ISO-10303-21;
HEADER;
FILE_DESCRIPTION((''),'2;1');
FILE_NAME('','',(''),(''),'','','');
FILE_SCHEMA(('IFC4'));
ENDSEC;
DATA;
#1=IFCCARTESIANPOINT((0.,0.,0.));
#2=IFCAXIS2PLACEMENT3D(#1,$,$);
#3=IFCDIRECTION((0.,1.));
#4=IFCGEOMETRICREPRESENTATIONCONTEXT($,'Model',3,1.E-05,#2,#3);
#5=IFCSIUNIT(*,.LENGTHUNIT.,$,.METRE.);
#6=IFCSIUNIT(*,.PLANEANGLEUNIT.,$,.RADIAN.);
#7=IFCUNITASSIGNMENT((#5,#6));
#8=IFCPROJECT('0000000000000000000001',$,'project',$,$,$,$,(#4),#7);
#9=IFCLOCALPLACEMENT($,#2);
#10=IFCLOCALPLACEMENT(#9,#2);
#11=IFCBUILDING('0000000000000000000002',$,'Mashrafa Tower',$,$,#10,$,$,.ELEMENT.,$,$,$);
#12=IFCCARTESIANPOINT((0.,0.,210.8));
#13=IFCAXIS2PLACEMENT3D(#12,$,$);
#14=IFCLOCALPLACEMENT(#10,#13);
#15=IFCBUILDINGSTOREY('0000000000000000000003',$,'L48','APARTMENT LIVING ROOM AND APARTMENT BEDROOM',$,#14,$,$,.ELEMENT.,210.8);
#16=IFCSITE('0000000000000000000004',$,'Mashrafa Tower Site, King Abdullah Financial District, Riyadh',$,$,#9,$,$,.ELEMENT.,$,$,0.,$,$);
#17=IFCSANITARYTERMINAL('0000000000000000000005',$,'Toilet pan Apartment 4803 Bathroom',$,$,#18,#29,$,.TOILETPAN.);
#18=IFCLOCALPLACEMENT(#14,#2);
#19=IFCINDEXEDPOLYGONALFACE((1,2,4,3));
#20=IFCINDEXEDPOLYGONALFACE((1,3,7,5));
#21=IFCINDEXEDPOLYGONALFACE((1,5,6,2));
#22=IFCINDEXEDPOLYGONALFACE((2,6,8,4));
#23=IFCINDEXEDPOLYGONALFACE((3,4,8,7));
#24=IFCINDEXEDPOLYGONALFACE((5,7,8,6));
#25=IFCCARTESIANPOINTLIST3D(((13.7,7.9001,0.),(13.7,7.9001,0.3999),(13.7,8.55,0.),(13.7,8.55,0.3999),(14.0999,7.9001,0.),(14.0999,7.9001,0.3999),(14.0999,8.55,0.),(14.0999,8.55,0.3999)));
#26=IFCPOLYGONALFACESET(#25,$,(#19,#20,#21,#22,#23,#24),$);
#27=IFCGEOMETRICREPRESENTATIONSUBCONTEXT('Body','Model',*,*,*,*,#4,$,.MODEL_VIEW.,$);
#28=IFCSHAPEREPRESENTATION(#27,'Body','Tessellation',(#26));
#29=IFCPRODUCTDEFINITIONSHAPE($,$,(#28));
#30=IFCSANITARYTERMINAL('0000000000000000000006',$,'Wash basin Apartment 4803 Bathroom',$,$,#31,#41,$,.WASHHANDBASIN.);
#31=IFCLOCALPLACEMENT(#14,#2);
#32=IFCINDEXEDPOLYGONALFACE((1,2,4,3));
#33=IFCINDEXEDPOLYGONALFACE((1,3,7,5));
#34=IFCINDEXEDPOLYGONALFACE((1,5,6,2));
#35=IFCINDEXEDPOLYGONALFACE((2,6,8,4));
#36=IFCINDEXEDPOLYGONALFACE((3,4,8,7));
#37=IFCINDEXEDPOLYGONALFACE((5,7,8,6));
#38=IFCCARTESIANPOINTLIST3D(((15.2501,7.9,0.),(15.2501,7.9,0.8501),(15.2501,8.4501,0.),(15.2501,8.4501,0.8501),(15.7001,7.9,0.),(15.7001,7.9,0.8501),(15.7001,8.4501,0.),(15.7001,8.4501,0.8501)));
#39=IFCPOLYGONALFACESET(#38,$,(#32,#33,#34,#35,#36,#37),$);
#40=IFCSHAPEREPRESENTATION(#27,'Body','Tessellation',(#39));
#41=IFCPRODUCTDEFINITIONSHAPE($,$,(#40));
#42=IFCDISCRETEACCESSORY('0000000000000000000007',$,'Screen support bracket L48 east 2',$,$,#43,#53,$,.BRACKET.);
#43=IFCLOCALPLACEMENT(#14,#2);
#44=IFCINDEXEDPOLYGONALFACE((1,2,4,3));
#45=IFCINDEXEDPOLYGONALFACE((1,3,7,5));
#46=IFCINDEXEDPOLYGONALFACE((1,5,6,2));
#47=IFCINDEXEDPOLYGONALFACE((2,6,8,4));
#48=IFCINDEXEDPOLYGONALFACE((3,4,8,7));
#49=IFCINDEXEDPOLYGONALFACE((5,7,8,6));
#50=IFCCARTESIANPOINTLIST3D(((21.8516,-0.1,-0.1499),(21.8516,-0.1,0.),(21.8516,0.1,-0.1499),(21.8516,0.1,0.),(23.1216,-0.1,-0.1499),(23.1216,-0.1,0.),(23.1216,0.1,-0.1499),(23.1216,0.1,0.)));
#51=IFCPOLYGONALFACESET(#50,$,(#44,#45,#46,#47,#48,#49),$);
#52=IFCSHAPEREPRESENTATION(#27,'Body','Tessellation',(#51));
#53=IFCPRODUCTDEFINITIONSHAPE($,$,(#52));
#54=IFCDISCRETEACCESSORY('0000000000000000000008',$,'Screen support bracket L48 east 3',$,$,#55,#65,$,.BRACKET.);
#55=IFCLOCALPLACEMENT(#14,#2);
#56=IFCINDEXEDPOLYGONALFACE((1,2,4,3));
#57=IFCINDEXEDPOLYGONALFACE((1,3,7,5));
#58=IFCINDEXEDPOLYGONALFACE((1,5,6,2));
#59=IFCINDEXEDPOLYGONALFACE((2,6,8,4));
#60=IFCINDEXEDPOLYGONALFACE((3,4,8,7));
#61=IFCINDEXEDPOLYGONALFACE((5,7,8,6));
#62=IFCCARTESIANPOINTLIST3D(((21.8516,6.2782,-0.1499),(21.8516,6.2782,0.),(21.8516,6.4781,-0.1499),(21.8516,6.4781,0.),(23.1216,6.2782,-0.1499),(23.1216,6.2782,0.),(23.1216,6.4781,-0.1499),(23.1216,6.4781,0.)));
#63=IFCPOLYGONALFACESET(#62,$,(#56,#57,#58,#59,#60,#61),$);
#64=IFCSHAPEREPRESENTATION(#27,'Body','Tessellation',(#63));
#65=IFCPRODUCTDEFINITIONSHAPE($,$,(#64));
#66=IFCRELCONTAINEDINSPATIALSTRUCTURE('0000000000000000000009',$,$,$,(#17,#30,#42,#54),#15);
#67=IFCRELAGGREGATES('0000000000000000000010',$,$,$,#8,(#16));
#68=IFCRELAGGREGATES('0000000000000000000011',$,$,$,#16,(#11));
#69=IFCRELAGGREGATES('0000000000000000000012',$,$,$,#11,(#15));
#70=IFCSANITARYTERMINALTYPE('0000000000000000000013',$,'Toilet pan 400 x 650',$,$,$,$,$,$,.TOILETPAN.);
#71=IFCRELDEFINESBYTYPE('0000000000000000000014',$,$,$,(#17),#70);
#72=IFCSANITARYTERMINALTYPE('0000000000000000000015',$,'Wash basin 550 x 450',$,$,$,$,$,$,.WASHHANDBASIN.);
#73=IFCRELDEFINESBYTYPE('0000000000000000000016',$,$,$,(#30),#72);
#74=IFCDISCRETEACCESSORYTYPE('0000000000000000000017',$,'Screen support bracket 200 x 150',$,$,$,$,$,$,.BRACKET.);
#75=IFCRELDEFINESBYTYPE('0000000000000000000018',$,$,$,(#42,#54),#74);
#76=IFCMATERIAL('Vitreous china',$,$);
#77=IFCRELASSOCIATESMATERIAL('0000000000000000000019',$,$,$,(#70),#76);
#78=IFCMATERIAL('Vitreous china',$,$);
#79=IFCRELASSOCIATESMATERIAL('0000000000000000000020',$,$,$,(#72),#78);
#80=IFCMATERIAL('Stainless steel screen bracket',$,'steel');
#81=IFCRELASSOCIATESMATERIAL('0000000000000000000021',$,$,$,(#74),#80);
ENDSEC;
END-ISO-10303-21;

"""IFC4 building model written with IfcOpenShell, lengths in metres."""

from ifc_helpers import new_model, si_unit, direction, frame, origin, origin_2d, place, context, subcontext, project, spatial, rectangle, extrude, source, transform, mapped, material, type_object, type_shapes, element, save


model = new_model("IFC4")

# Units and contexts
model_context = context("Model", 3, precision=1e-05, world=origin(), true_north=direction((0.0, 1.0)))
body_context = subcontext(model_context, "Body", "Model", "MODEL_VIEW")
ifc_project = project(units=[si_unit("LENGTHUNIT", "METRE"), si_unit("PLANEANGLEUNIT", "RADIAN")], contexts=[model_context])

# Site, building, storey
site_placement = place(None, origin())
site = spatial("IfcSite", under=ifc_project, at=site_placement, Name="Mashrafa Tower Site, King Abdullah Financial District, Riyadh", CompositionType="ELEMENT", RefElevation=0.0)
building_placement = place(site_placement, origin())
building = spatial("IfcBuilding", under=site, at=building_placement, Name="Mashrafa Tower", CompositionType="ELEMENT")
storey_placement = place(building_placement, frame((0.0, 0.0, 210.8)))
storey = spatial("IfcBuildingStorey", under=building, at=storey_placement, Name="L48", Description="APARTMENT LIVING ROOM AND APARTMENT BEDROOM", CompositionType="ELEMENT", Elevation=210.8)

# Sanitary terminals
ifc_material_1 = material(Name="Vitreous china")
sanitary_terminal_type_1 = type_object("IfcSanitaryTerminalType", Name="Toilet pan 400 x 650", PredefinedType="TOILETPAN", material=ifc_material_1)
sanitary_terminal_1_placement = place(storey_placement, frame((13.8999, 8.2251, 0.0), z_axis=(0.0, 0.0, 1.0), x_axis=(1.0, 0.0, 0.0)))
element("IfcSanitaryTerminal", 1, at=sanitary_terminal_1_placement, inside=storey, type_object=sanitary_terminal_type_1, Name="Toilet pan Apartment 4803 Bathroom", PredefinedType="TOILETPAN", context=body_context, shape_type="SweptSolid", body=[
    extrude(rectangle(XDim=0.3999, YDim=0.6499, at=origin_2d()), origin(), (0.0, 0.0, 1.0), 0.3999),
])
ifc_material_2 = material(Name="Vitreous china")
sanitary_terminal_type_2 = type_object("IfcSanitaryTerminalType", Name="Wash basin 550 x 450", PredefinedType="WASHHANDBASIN", material=ifc_material_2)
sanitary_terminal_2_placement = place(storey_placement, frame((15.4751, 8.175, 0.0), z_axis=(0.0, 0.0, 1.0), x_axis=(0.0, 1.0, 0.0)))
element("IfcSanitaryTerminal", 2, at=sanitary_terminal_2_placement, inside=storey, type_object=sanitary_terminal_type_2, Name="Wash basin Apartment 4803 Bathroom", PredefinedType="WASHHANDBASIN", context=body_context, shape_type="SweptSolid", body=[
    extrude(rectangle(XDim=0.55, YDim=0.45, at=origin_2d()), origin(), (0.0, 0.0, 1.0), 0.8501),
])

# Discrete accessories
ifc_material_3 = material(Name="Stainless steel screen bracket", Category="steel")
discrete_accessory_type = type_object("IfcDiscreteAccessoryType", Name="Screen support bracket 200 x 150", PredefinedType="BRACKET", material=ifc_material_3)
shared_shape_1 = source(origin(), body_context, "Body", "SweptSolid", [
    extrude(rectangle(XDim=0.2, YDim=1.27, at=origin_2d()), origin(), (0.0, 0.0, 1.0), 0.1499),
])
type_shapes(discrete_accessory_type, [shared_shape_1])
for number, where, z_axis, x_axis, name in (
    (3, (22.4866, 0.0, -0.1499), (0.0, 0.0, 1.0), (0.0, 1.0, 0.0), "Screen support bracket L48 east 2"),
    (4, (22.4866, 6.3782, -0.1499), (0.0, 0.0, 1.0), (0.0, 1.0, 0.0), "Screen support bracket L48 east 3"),
):
    element("IfcDiscreteAccessory", number, at=place(storey_placement, frame(where, z_axis=z_axis, x_axis=x_axis)), inside=storey, type_object=discrete_accessory_type, Name=name, PredefinedType="BRACKET", context=body_context, shape_type="MappedRepresentation", body=[
        mapped(shared_shape_1, transform((0.0, 0.0, 0.0))),
    ])

save(model, "model.ifc")
